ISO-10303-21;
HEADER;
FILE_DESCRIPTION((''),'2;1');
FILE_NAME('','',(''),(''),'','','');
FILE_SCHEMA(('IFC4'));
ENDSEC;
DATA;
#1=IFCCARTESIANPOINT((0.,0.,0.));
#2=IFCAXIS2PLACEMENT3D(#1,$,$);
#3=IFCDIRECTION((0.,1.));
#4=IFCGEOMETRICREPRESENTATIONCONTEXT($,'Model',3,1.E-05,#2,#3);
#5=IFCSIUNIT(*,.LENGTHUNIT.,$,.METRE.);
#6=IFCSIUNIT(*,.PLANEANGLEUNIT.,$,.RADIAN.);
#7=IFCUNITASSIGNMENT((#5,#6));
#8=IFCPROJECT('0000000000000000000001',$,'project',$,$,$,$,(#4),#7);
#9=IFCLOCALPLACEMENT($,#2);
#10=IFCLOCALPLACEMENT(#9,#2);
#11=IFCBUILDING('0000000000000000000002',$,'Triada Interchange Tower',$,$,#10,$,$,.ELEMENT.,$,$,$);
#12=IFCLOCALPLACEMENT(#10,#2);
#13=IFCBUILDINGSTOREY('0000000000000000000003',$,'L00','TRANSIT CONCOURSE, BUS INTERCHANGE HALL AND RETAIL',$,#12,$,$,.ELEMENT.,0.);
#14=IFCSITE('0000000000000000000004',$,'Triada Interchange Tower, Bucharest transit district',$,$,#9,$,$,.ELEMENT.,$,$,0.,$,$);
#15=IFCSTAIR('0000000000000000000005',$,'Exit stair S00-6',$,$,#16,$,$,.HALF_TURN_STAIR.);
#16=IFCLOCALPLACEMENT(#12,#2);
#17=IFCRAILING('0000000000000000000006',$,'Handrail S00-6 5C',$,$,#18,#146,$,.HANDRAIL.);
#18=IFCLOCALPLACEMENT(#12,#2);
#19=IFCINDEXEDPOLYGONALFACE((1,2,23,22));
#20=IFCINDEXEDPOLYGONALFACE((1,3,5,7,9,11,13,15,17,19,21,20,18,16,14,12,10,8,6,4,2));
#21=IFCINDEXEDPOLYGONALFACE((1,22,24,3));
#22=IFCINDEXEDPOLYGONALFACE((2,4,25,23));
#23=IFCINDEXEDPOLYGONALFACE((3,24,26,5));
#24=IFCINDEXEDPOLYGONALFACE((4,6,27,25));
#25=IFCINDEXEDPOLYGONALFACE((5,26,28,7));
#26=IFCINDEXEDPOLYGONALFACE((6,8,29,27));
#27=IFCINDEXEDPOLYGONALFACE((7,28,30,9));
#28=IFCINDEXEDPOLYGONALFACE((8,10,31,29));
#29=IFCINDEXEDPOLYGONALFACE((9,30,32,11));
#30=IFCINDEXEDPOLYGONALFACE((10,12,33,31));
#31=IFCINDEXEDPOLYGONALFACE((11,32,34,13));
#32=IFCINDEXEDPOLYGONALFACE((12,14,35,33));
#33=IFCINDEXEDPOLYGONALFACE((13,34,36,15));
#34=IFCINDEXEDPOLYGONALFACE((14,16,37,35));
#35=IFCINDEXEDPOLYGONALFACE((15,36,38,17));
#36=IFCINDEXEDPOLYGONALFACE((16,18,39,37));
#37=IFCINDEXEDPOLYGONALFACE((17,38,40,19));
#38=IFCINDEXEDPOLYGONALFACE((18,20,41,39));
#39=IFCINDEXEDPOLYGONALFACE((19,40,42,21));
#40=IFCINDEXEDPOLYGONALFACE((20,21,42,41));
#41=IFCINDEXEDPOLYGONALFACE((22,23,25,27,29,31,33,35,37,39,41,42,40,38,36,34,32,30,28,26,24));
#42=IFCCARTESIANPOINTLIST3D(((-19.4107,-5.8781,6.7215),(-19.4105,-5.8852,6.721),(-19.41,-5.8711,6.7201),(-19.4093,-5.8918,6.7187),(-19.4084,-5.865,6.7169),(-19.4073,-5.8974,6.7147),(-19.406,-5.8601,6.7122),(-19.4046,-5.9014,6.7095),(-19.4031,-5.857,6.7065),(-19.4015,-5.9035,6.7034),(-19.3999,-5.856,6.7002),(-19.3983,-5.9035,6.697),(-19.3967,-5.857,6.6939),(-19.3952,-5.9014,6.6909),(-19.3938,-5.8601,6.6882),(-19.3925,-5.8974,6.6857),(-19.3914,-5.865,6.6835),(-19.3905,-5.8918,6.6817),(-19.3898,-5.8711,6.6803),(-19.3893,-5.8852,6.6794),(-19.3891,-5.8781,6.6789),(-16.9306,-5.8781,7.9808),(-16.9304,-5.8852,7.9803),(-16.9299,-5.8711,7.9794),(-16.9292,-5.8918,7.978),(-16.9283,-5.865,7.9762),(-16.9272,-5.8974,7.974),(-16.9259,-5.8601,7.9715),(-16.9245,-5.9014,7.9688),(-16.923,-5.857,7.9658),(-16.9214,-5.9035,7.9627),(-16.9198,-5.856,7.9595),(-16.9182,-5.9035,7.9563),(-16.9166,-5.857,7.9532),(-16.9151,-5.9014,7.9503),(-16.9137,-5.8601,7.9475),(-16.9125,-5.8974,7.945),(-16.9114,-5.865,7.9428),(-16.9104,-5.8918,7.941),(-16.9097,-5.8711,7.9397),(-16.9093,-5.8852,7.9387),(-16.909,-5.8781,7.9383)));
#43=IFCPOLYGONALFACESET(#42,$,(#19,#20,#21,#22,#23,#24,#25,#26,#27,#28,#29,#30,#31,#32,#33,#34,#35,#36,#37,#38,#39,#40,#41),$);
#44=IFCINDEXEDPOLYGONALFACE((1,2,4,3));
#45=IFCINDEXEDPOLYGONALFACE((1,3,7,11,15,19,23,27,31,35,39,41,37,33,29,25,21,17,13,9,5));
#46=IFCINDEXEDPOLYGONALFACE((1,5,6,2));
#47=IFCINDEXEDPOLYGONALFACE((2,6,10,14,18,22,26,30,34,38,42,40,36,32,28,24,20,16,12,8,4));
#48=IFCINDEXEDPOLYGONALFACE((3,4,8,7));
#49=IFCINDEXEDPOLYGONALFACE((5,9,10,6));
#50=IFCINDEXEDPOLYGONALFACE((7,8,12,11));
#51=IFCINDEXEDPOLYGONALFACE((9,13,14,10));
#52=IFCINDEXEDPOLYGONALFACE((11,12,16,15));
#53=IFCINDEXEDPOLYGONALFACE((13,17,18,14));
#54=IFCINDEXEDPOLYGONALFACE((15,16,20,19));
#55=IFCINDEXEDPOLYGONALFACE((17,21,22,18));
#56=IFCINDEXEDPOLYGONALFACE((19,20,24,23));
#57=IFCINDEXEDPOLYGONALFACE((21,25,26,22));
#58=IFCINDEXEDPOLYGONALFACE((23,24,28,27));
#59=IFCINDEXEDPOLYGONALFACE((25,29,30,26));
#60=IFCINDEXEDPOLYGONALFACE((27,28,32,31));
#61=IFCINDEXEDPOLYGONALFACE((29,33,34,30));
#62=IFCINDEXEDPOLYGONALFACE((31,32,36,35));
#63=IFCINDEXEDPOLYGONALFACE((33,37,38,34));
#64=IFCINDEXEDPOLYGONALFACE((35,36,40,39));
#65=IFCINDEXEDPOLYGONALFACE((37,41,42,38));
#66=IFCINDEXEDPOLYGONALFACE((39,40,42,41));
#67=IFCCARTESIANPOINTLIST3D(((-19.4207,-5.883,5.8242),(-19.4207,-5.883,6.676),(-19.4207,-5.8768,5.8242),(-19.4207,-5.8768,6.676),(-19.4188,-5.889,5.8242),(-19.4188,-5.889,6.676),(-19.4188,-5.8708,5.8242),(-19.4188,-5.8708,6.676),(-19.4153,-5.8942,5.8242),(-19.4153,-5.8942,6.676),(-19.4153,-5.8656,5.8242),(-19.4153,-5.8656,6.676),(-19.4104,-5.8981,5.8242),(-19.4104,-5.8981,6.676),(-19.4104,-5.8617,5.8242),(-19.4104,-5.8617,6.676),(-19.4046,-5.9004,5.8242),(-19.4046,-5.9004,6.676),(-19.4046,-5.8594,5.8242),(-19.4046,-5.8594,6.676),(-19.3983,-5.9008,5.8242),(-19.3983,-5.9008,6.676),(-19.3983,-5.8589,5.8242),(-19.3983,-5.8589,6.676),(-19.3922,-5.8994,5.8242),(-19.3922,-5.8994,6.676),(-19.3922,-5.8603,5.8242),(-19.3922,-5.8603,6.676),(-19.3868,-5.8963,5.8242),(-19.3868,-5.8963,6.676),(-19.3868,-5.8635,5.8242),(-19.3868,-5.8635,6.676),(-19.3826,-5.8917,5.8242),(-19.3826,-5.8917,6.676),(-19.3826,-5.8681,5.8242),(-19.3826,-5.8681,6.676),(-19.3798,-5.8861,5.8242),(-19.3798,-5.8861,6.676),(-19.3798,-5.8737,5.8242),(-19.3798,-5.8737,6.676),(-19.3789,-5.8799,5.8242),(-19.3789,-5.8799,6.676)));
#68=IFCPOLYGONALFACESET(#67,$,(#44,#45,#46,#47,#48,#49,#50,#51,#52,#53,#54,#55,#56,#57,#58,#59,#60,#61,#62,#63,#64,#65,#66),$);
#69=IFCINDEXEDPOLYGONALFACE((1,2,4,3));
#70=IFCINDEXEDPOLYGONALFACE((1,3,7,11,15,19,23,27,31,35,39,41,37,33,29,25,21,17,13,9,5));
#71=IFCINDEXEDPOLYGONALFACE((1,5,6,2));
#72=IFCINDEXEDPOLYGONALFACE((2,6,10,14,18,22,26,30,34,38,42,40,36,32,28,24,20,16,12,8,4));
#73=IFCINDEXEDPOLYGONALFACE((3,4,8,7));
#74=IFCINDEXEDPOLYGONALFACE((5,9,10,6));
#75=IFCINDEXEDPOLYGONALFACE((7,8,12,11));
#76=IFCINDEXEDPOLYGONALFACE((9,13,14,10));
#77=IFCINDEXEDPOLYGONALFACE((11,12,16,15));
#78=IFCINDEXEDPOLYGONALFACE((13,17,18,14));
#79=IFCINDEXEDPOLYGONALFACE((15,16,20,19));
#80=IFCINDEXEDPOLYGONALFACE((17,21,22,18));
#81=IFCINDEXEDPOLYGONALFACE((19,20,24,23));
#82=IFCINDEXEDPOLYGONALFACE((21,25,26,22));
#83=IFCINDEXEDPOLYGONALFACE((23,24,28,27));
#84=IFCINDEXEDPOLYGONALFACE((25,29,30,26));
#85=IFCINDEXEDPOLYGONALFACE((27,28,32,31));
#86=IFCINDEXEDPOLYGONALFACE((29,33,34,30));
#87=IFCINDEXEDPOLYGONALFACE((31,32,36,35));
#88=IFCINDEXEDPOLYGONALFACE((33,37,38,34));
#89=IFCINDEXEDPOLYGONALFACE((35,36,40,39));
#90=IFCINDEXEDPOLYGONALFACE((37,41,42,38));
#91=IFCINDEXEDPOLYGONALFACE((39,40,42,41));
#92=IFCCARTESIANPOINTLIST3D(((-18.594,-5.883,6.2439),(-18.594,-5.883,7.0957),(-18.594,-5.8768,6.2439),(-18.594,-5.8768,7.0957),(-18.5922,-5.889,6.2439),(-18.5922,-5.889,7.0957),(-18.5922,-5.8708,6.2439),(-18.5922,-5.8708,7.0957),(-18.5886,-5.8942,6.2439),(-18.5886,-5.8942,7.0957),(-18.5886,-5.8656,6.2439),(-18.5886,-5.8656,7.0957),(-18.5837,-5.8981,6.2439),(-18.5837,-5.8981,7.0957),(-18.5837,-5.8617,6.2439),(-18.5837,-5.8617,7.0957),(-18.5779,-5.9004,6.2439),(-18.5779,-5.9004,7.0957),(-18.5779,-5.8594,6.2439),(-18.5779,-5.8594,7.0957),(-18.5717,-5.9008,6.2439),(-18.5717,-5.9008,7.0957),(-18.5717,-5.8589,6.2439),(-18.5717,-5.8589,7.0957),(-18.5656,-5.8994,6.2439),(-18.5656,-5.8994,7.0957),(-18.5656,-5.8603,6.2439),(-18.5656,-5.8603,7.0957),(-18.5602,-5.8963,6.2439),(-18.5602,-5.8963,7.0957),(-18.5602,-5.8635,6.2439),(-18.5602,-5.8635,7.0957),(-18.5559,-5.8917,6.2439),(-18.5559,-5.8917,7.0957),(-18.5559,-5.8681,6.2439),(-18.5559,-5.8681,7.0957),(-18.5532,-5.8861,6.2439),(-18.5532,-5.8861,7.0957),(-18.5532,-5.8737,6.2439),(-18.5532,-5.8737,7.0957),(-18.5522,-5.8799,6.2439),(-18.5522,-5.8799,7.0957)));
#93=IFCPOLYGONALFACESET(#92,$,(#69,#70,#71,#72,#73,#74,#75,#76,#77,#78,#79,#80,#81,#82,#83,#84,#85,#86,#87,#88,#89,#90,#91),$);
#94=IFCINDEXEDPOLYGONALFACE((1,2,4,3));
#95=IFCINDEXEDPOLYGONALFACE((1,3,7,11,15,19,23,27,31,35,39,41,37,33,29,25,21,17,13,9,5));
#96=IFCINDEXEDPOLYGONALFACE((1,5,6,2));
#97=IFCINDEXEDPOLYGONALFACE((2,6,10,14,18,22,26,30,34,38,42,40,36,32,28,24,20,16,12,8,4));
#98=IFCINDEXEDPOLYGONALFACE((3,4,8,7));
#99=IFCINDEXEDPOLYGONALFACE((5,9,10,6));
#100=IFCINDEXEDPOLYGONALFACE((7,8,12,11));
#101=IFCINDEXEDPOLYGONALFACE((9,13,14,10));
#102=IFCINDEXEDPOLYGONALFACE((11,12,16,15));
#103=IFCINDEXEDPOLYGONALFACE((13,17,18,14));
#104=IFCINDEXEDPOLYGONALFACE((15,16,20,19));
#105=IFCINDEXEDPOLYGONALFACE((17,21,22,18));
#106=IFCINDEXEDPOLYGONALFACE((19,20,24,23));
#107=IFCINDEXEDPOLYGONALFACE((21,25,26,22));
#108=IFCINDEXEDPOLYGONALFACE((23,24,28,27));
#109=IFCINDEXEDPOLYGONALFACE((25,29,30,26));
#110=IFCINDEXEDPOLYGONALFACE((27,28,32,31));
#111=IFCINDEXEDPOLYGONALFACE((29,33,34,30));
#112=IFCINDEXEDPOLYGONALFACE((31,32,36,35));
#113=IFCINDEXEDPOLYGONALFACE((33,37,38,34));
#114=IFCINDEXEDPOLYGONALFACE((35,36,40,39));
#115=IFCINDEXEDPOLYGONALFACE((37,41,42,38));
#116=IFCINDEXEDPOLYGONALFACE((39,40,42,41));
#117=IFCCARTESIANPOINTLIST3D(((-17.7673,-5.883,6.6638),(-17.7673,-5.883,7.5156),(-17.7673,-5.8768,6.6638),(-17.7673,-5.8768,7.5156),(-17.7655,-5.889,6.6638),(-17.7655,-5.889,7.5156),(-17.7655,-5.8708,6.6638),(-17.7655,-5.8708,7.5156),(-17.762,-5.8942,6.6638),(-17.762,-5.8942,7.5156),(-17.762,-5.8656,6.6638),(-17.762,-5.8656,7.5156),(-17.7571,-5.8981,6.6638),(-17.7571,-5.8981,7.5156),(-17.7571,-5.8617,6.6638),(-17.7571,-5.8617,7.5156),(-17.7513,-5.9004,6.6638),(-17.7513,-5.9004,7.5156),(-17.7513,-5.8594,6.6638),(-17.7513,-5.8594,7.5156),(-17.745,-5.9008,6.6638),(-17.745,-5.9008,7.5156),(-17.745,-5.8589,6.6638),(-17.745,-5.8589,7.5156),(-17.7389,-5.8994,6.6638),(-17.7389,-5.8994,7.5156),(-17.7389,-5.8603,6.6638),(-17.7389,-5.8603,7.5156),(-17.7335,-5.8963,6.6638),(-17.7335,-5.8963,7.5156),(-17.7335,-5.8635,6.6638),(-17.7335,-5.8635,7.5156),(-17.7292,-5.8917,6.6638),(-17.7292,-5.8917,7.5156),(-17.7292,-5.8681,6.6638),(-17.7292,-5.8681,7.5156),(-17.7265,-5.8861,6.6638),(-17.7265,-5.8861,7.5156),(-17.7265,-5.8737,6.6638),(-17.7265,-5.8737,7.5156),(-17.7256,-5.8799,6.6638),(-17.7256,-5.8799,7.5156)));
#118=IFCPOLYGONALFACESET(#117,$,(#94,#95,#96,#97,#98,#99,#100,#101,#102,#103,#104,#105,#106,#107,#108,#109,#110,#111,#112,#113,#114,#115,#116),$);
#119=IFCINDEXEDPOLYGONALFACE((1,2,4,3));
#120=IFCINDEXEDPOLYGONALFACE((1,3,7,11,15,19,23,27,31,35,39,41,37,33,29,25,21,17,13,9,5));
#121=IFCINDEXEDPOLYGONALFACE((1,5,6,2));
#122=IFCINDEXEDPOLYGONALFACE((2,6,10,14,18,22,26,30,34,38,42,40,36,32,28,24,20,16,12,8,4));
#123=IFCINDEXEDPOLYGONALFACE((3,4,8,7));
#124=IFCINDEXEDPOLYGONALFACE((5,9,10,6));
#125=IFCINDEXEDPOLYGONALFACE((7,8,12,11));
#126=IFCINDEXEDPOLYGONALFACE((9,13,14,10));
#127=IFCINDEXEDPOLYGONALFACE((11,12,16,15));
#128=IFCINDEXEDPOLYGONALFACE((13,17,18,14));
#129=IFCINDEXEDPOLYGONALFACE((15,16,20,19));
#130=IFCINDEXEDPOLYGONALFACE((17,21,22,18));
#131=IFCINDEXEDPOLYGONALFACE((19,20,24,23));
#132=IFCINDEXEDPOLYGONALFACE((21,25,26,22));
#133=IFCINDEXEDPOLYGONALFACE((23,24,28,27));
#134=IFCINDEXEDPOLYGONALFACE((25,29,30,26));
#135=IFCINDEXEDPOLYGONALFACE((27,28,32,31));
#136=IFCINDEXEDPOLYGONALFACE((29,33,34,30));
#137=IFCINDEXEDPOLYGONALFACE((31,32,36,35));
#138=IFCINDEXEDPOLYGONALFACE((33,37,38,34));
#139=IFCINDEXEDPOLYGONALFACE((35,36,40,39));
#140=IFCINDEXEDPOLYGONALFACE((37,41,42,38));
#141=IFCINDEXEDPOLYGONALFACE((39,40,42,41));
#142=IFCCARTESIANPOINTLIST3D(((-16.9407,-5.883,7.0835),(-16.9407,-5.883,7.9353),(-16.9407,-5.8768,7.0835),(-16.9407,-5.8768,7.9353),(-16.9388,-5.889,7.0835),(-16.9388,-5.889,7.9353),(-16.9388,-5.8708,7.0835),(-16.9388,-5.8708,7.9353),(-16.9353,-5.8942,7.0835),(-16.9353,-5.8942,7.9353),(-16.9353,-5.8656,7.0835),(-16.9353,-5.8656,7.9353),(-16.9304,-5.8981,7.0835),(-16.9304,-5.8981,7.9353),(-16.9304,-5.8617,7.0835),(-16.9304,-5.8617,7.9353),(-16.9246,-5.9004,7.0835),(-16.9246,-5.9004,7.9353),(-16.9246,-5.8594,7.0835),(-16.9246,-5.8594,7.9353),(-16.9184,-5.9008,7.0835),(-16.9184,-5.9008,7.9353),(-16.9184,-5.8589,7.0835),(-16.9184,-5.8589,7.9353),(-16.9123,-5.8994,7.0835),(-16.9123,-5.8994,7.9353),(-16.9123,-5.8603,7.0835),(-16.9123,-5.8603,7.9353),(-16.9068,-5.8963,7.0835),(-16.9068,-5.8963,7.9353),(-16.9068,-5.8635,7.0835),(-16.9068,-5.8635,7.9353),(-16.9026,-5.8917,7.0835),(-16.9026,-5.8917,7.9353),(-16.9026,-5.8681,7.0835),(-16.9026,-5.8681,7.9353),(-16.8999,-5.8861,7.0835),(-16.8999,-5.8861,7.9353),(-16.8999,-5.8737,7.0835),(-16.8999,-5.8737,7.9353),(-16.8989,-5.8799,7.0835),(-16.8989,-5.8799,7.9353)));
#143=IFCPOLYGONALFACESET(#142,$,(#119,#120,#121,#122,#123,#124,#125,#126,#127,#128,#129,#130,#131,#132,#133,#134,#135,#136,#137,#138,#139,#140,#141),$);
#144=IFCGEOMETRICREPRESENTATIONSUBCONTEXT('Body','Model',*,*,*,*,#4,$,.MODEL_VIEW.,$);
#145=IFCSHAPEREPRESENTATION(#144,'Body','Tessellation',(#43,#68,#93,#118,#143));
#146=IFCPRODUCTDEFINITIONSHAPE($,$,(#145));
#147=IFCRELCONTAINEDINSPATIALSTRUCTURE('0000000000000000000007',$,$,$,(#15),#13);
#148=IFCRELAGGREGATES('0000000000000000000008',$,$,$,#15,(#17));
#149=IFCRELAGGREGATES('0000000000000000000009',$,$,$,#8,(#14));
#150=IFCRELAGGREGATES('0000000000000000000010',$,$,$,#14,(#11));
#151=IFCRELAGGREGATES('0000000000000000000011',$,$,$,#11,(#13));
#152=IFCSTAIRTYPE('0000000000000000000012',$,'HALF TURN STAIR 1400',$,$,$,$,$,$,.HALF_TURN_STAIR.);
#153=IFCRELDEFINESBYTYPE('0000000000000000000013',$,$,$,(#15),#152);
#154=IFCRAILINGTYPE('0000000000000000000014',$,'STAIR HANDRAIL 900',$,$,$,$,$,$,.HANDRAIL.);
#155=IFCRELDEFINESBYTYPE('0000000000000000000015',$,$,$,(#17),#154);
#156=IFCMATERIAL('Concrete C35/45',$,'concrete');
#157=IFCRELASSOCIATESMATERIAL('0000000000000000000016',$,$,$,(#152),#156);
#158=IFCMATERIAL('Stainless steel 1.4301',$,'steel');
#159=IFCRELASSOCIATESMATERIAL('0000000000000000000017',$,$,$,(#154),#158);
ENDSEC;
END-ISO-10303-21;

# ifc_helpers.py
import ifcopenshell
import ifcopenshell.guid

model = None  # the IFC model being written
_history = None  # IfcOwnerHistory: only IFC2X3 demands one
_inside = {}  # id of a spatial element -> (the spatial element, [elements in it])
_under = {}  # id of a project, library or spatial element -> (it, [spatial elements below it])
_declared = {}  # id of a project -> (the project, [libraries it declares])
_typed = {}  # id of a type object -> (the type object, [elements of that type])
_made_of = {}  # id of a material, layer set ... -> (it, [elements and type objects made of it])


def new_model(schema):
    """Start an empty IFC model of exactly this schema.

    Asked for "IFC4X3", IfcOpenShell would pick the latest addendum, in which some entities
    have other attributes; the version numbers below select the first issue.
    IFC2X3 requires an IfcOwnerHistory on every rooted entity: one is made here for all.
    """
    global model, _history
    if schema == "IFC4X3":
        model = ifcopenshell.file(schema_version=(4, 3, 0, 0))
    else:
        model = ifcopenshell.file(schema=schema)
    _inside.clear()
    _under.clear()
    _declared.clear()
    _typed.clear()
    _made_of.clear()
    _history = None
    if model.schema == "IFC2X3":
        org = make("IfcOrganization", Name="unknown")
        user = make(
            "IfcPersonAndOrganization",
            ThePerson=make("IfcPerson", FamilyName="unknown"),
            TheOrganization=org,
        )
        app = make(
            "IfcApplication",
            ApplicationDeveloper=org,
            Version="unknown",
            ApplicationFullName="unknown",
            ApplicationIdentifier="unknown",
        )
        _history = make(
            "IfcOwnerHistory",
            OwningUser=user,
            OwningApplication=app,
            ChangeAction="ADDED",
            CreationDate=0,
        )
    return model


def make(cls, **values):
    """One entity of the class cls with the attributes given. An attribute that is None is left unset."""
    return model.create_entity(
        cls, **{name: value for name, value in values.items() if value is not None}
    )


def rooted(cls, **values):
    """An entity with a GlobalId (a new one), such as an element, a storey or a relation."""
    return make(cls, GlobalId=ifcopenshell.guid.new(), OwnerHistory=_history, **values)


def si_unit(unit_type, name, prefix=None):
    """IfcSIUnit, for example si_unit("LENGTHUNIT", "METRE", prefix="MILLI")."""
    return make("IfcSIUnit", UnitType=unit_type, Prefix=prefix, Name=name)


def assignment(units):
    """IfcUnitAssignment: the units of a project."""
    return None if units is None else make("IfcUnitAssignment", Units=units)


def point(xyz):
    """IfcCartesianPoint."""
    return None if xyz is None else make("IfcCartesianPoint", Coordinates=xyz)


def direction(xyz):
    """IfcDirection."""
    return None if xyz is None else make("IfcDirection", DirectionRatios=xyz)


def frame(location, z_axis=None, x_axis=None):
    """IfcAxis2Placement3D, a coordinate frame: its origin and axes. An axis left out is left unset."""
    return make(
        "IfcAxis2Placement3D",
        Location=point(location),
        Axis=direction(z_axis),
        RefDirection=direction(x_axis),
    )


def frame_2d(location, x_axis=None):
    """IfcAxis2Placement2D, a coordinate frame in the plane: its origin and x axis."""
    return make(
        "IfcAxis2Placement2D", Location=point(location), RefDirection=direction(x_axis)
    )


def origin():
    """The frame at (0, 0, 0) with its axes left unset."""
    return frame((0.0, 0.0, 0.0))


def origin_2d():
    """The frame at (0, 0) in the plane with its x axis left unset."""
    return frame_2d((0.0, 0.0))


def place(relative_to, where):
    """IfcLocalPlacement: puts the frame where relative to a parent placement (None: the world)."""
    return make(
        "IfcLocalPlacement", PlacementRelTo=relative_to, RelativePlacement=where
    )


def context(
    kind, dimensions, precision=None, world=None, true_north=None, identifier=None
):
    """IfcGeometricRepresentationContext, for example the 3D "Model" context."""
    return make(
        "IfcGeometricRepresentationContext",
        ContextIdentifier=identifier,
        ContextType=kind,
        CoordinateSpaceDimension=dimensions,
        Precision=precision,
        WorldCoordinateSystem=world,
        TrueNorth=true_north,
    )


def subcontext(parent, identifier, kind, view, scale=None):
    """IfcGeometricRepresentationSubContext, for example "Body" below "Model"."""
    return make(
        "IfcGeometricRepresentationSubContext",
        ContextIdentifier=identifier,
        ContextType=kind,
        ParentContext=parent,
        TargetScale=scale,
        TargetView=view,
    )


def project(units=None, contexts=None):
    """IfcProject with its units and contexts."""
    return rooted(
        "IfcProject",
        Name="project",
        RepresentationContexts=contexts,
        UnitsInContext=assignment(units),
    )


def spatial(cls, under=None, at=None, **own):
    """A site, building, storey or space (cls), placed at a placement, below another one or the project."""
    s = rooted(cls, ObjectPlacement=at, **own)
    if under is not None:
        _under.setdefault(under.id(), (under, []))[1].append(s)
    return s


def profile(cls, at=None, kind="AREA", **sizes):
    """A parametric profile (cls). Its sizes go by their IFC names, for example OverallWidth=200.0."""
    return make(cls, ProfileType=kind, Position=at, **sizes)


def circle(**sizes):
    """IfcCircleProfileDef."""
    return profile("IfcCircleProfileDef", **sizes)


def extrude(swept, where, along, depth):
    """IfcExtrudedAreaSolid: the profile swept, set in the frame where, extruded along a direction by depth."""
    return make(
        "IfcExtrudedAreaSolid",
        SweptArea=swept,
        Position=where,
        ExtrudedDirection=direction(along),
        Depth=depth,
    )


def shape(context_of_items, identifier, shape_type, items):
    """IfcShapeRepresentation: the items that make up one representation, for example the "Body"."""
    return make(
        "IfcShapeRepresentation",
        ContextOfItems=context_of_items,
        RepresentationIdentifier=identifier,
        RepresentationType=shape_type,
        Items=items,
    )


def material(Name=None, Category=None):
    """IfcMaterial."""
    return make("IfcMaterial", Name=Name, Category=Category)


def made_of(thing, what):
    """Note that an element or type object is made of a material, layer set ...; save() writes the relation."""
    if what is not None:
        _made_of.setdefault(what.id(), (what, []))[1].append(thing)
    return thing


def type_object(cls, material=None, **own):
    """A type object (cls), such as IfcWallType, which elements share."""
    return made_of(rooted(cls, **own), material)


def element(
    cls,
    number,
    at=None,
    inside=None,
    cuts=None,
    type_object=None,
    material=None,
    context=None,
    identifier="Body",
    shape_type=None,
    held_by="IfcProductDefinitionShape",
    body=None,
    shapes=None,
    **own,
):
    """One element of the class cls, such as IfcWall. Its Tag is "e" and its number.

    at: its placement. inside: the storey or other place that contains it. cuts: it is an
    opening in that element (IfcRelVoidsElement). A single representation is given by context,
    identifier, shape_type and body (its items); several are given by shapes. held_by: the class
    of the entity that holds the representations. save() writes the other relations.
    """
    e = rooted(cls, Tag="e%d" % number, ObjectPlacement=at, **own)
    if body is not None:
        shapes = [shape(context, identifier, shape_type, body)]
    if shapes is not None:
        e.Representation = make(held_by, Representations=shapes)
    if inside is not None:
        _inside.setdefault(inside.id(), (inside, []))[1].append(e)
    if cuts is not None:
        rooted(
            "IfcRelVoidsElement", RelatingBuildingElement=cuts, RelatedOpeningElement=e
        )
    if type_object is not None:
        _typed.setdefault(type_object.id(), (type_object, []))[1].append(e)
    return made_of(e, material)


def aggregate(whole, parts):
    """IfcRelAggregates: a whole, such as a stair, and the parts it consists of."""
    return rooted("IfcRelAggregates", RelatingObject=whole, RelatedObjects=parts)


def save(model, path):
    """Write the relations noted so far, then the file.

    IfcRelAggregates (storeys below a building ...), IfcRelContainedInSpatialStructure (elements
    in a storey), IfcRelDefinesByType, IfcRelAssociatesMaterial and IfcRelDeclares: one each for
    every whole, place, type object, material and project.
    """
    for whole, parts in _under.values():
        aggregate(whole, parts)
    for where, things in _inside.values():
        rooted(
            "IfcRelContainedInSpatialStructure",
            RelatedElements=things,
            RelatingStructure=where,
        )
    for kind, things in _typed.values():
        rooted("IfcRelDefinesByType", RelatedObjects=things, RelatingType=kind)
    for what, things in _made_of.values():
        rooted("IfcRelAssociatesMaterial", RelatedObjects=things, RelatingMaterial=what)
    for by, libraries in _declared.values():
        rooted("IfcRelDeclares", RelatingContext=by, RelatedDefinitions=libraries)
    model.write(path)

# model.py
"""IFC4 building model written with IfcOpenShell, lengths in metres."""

from ifc_helpers import new_model, si_unit, direction, frame, origin, origin_2d, place, context, subcontext, project, spatial, circle, extrude, material, type_object, element, aggregate, save


model = new_model("IFC4")

# Units and contexts
model_context = context("Model", 3, precision=1e-05, world=origin(), true_north=direction((0.0, 1.0)))
body_context = subcontext(model_context, "Body", "Model", "MODEL_VIEW")
ifc_project = project(units=[si_unit("LENGTHUNIT", "METRE"), si_unit("PLANEANGLEUNIT", "RADIAN")], contexts=[model_context])

# Site, building, storey
site_placement = place(None, origin())
site = spatial("IfcSite", under=ifc_project, at=site_placement, Name="Triada Interchange Tower, Bucharest transit district", CompositionType="ELEMENT", RefElevation=0.0)
building_placement = place(site_placement, origin())
building = spatial("IfcBuilding", under=site, at=building_placement, Name="Triada Interchange Tower", CompositionType="ELEMENT")
storey_placement = place(building_placement, origin())
storey = spatial("IfcBuildingStorey", under=building, at=storey_placement, Name="L00", Description="TRANSIT CONCOURSE, BUS INTERCHANGE HALL AND RETAIL", CompositionType="ELEMENT", Elevation=0.0)

# Shared definitions
ifc_material_1 = material(Name="Concrete C35/45", Category="concrete")

# Stair, railing
stair_type = type_object("IfcStairType", Name="HALF TURN STAIR 1400", PredefinedType="HALF_TURN_STAIR", material=ifc_material_1)
stair_placement = place(storey_placement, origin())
stair = element("IfcStair", 1, at=stair_placement, inside=storey, type_object=stair_type, Name="Exit stair S00-6", PredefinedType="HALF_TURN_STAIR")
ifc_material_2 = material(Name="Stainless steel 1.4301", Category="steel")
railing_type_1 = type_object("IfcRailingType", Name="STAIR HANDRAIL 900", PredefinedType="HANDRAIL", material=ifc_material_2)
railing_1_placement = place(storey_placement, frame((-19.3999, -5.8799, 5.8242)))
railing_1 = element("IfcRailing", 2, at=railing_1_placement, type_object=railing_type_1, Name="Handrail S00-6 5C", PredefinedType="HANDRAIL", context=body_context, shape_type="SweptSolid", body=[
    extrude(circle(Radius=0.0239, at=origin_2d()), frame((0.0, 0.0, 0.876), z_axis=(0.891636, 0.0, 0.452752), x_axis=(0.0, 1.0, 0.0)), (0.0, 0.0, 1.0), 2.7815),
    extrude(circle(Radius=0.021, at=origin_2d()), origin(), (0.0, 0.0, 1.0), 0.8518),
    extrude(circle(Radius=0.021, at=origin_2d()), frame((0.8267, 0.0, 0.4197)), (0.0, 0.0, 1.0), 0.8518),
    extrude(circle(Radius=0.021, at=origin_2d()), frame((1.6533, 0.0, 0.8396)), (0.0, 0.0, 1.0), 0.8518),
    extrude(circle(Radius=0.021, at=origin_2d()), frame((2.48, 0.0, 1.2593)), (0.0, 0.0, 1.0), 0.8518),
])
aggregate(stair, [railing_1])

save(model, "model.ifc")
